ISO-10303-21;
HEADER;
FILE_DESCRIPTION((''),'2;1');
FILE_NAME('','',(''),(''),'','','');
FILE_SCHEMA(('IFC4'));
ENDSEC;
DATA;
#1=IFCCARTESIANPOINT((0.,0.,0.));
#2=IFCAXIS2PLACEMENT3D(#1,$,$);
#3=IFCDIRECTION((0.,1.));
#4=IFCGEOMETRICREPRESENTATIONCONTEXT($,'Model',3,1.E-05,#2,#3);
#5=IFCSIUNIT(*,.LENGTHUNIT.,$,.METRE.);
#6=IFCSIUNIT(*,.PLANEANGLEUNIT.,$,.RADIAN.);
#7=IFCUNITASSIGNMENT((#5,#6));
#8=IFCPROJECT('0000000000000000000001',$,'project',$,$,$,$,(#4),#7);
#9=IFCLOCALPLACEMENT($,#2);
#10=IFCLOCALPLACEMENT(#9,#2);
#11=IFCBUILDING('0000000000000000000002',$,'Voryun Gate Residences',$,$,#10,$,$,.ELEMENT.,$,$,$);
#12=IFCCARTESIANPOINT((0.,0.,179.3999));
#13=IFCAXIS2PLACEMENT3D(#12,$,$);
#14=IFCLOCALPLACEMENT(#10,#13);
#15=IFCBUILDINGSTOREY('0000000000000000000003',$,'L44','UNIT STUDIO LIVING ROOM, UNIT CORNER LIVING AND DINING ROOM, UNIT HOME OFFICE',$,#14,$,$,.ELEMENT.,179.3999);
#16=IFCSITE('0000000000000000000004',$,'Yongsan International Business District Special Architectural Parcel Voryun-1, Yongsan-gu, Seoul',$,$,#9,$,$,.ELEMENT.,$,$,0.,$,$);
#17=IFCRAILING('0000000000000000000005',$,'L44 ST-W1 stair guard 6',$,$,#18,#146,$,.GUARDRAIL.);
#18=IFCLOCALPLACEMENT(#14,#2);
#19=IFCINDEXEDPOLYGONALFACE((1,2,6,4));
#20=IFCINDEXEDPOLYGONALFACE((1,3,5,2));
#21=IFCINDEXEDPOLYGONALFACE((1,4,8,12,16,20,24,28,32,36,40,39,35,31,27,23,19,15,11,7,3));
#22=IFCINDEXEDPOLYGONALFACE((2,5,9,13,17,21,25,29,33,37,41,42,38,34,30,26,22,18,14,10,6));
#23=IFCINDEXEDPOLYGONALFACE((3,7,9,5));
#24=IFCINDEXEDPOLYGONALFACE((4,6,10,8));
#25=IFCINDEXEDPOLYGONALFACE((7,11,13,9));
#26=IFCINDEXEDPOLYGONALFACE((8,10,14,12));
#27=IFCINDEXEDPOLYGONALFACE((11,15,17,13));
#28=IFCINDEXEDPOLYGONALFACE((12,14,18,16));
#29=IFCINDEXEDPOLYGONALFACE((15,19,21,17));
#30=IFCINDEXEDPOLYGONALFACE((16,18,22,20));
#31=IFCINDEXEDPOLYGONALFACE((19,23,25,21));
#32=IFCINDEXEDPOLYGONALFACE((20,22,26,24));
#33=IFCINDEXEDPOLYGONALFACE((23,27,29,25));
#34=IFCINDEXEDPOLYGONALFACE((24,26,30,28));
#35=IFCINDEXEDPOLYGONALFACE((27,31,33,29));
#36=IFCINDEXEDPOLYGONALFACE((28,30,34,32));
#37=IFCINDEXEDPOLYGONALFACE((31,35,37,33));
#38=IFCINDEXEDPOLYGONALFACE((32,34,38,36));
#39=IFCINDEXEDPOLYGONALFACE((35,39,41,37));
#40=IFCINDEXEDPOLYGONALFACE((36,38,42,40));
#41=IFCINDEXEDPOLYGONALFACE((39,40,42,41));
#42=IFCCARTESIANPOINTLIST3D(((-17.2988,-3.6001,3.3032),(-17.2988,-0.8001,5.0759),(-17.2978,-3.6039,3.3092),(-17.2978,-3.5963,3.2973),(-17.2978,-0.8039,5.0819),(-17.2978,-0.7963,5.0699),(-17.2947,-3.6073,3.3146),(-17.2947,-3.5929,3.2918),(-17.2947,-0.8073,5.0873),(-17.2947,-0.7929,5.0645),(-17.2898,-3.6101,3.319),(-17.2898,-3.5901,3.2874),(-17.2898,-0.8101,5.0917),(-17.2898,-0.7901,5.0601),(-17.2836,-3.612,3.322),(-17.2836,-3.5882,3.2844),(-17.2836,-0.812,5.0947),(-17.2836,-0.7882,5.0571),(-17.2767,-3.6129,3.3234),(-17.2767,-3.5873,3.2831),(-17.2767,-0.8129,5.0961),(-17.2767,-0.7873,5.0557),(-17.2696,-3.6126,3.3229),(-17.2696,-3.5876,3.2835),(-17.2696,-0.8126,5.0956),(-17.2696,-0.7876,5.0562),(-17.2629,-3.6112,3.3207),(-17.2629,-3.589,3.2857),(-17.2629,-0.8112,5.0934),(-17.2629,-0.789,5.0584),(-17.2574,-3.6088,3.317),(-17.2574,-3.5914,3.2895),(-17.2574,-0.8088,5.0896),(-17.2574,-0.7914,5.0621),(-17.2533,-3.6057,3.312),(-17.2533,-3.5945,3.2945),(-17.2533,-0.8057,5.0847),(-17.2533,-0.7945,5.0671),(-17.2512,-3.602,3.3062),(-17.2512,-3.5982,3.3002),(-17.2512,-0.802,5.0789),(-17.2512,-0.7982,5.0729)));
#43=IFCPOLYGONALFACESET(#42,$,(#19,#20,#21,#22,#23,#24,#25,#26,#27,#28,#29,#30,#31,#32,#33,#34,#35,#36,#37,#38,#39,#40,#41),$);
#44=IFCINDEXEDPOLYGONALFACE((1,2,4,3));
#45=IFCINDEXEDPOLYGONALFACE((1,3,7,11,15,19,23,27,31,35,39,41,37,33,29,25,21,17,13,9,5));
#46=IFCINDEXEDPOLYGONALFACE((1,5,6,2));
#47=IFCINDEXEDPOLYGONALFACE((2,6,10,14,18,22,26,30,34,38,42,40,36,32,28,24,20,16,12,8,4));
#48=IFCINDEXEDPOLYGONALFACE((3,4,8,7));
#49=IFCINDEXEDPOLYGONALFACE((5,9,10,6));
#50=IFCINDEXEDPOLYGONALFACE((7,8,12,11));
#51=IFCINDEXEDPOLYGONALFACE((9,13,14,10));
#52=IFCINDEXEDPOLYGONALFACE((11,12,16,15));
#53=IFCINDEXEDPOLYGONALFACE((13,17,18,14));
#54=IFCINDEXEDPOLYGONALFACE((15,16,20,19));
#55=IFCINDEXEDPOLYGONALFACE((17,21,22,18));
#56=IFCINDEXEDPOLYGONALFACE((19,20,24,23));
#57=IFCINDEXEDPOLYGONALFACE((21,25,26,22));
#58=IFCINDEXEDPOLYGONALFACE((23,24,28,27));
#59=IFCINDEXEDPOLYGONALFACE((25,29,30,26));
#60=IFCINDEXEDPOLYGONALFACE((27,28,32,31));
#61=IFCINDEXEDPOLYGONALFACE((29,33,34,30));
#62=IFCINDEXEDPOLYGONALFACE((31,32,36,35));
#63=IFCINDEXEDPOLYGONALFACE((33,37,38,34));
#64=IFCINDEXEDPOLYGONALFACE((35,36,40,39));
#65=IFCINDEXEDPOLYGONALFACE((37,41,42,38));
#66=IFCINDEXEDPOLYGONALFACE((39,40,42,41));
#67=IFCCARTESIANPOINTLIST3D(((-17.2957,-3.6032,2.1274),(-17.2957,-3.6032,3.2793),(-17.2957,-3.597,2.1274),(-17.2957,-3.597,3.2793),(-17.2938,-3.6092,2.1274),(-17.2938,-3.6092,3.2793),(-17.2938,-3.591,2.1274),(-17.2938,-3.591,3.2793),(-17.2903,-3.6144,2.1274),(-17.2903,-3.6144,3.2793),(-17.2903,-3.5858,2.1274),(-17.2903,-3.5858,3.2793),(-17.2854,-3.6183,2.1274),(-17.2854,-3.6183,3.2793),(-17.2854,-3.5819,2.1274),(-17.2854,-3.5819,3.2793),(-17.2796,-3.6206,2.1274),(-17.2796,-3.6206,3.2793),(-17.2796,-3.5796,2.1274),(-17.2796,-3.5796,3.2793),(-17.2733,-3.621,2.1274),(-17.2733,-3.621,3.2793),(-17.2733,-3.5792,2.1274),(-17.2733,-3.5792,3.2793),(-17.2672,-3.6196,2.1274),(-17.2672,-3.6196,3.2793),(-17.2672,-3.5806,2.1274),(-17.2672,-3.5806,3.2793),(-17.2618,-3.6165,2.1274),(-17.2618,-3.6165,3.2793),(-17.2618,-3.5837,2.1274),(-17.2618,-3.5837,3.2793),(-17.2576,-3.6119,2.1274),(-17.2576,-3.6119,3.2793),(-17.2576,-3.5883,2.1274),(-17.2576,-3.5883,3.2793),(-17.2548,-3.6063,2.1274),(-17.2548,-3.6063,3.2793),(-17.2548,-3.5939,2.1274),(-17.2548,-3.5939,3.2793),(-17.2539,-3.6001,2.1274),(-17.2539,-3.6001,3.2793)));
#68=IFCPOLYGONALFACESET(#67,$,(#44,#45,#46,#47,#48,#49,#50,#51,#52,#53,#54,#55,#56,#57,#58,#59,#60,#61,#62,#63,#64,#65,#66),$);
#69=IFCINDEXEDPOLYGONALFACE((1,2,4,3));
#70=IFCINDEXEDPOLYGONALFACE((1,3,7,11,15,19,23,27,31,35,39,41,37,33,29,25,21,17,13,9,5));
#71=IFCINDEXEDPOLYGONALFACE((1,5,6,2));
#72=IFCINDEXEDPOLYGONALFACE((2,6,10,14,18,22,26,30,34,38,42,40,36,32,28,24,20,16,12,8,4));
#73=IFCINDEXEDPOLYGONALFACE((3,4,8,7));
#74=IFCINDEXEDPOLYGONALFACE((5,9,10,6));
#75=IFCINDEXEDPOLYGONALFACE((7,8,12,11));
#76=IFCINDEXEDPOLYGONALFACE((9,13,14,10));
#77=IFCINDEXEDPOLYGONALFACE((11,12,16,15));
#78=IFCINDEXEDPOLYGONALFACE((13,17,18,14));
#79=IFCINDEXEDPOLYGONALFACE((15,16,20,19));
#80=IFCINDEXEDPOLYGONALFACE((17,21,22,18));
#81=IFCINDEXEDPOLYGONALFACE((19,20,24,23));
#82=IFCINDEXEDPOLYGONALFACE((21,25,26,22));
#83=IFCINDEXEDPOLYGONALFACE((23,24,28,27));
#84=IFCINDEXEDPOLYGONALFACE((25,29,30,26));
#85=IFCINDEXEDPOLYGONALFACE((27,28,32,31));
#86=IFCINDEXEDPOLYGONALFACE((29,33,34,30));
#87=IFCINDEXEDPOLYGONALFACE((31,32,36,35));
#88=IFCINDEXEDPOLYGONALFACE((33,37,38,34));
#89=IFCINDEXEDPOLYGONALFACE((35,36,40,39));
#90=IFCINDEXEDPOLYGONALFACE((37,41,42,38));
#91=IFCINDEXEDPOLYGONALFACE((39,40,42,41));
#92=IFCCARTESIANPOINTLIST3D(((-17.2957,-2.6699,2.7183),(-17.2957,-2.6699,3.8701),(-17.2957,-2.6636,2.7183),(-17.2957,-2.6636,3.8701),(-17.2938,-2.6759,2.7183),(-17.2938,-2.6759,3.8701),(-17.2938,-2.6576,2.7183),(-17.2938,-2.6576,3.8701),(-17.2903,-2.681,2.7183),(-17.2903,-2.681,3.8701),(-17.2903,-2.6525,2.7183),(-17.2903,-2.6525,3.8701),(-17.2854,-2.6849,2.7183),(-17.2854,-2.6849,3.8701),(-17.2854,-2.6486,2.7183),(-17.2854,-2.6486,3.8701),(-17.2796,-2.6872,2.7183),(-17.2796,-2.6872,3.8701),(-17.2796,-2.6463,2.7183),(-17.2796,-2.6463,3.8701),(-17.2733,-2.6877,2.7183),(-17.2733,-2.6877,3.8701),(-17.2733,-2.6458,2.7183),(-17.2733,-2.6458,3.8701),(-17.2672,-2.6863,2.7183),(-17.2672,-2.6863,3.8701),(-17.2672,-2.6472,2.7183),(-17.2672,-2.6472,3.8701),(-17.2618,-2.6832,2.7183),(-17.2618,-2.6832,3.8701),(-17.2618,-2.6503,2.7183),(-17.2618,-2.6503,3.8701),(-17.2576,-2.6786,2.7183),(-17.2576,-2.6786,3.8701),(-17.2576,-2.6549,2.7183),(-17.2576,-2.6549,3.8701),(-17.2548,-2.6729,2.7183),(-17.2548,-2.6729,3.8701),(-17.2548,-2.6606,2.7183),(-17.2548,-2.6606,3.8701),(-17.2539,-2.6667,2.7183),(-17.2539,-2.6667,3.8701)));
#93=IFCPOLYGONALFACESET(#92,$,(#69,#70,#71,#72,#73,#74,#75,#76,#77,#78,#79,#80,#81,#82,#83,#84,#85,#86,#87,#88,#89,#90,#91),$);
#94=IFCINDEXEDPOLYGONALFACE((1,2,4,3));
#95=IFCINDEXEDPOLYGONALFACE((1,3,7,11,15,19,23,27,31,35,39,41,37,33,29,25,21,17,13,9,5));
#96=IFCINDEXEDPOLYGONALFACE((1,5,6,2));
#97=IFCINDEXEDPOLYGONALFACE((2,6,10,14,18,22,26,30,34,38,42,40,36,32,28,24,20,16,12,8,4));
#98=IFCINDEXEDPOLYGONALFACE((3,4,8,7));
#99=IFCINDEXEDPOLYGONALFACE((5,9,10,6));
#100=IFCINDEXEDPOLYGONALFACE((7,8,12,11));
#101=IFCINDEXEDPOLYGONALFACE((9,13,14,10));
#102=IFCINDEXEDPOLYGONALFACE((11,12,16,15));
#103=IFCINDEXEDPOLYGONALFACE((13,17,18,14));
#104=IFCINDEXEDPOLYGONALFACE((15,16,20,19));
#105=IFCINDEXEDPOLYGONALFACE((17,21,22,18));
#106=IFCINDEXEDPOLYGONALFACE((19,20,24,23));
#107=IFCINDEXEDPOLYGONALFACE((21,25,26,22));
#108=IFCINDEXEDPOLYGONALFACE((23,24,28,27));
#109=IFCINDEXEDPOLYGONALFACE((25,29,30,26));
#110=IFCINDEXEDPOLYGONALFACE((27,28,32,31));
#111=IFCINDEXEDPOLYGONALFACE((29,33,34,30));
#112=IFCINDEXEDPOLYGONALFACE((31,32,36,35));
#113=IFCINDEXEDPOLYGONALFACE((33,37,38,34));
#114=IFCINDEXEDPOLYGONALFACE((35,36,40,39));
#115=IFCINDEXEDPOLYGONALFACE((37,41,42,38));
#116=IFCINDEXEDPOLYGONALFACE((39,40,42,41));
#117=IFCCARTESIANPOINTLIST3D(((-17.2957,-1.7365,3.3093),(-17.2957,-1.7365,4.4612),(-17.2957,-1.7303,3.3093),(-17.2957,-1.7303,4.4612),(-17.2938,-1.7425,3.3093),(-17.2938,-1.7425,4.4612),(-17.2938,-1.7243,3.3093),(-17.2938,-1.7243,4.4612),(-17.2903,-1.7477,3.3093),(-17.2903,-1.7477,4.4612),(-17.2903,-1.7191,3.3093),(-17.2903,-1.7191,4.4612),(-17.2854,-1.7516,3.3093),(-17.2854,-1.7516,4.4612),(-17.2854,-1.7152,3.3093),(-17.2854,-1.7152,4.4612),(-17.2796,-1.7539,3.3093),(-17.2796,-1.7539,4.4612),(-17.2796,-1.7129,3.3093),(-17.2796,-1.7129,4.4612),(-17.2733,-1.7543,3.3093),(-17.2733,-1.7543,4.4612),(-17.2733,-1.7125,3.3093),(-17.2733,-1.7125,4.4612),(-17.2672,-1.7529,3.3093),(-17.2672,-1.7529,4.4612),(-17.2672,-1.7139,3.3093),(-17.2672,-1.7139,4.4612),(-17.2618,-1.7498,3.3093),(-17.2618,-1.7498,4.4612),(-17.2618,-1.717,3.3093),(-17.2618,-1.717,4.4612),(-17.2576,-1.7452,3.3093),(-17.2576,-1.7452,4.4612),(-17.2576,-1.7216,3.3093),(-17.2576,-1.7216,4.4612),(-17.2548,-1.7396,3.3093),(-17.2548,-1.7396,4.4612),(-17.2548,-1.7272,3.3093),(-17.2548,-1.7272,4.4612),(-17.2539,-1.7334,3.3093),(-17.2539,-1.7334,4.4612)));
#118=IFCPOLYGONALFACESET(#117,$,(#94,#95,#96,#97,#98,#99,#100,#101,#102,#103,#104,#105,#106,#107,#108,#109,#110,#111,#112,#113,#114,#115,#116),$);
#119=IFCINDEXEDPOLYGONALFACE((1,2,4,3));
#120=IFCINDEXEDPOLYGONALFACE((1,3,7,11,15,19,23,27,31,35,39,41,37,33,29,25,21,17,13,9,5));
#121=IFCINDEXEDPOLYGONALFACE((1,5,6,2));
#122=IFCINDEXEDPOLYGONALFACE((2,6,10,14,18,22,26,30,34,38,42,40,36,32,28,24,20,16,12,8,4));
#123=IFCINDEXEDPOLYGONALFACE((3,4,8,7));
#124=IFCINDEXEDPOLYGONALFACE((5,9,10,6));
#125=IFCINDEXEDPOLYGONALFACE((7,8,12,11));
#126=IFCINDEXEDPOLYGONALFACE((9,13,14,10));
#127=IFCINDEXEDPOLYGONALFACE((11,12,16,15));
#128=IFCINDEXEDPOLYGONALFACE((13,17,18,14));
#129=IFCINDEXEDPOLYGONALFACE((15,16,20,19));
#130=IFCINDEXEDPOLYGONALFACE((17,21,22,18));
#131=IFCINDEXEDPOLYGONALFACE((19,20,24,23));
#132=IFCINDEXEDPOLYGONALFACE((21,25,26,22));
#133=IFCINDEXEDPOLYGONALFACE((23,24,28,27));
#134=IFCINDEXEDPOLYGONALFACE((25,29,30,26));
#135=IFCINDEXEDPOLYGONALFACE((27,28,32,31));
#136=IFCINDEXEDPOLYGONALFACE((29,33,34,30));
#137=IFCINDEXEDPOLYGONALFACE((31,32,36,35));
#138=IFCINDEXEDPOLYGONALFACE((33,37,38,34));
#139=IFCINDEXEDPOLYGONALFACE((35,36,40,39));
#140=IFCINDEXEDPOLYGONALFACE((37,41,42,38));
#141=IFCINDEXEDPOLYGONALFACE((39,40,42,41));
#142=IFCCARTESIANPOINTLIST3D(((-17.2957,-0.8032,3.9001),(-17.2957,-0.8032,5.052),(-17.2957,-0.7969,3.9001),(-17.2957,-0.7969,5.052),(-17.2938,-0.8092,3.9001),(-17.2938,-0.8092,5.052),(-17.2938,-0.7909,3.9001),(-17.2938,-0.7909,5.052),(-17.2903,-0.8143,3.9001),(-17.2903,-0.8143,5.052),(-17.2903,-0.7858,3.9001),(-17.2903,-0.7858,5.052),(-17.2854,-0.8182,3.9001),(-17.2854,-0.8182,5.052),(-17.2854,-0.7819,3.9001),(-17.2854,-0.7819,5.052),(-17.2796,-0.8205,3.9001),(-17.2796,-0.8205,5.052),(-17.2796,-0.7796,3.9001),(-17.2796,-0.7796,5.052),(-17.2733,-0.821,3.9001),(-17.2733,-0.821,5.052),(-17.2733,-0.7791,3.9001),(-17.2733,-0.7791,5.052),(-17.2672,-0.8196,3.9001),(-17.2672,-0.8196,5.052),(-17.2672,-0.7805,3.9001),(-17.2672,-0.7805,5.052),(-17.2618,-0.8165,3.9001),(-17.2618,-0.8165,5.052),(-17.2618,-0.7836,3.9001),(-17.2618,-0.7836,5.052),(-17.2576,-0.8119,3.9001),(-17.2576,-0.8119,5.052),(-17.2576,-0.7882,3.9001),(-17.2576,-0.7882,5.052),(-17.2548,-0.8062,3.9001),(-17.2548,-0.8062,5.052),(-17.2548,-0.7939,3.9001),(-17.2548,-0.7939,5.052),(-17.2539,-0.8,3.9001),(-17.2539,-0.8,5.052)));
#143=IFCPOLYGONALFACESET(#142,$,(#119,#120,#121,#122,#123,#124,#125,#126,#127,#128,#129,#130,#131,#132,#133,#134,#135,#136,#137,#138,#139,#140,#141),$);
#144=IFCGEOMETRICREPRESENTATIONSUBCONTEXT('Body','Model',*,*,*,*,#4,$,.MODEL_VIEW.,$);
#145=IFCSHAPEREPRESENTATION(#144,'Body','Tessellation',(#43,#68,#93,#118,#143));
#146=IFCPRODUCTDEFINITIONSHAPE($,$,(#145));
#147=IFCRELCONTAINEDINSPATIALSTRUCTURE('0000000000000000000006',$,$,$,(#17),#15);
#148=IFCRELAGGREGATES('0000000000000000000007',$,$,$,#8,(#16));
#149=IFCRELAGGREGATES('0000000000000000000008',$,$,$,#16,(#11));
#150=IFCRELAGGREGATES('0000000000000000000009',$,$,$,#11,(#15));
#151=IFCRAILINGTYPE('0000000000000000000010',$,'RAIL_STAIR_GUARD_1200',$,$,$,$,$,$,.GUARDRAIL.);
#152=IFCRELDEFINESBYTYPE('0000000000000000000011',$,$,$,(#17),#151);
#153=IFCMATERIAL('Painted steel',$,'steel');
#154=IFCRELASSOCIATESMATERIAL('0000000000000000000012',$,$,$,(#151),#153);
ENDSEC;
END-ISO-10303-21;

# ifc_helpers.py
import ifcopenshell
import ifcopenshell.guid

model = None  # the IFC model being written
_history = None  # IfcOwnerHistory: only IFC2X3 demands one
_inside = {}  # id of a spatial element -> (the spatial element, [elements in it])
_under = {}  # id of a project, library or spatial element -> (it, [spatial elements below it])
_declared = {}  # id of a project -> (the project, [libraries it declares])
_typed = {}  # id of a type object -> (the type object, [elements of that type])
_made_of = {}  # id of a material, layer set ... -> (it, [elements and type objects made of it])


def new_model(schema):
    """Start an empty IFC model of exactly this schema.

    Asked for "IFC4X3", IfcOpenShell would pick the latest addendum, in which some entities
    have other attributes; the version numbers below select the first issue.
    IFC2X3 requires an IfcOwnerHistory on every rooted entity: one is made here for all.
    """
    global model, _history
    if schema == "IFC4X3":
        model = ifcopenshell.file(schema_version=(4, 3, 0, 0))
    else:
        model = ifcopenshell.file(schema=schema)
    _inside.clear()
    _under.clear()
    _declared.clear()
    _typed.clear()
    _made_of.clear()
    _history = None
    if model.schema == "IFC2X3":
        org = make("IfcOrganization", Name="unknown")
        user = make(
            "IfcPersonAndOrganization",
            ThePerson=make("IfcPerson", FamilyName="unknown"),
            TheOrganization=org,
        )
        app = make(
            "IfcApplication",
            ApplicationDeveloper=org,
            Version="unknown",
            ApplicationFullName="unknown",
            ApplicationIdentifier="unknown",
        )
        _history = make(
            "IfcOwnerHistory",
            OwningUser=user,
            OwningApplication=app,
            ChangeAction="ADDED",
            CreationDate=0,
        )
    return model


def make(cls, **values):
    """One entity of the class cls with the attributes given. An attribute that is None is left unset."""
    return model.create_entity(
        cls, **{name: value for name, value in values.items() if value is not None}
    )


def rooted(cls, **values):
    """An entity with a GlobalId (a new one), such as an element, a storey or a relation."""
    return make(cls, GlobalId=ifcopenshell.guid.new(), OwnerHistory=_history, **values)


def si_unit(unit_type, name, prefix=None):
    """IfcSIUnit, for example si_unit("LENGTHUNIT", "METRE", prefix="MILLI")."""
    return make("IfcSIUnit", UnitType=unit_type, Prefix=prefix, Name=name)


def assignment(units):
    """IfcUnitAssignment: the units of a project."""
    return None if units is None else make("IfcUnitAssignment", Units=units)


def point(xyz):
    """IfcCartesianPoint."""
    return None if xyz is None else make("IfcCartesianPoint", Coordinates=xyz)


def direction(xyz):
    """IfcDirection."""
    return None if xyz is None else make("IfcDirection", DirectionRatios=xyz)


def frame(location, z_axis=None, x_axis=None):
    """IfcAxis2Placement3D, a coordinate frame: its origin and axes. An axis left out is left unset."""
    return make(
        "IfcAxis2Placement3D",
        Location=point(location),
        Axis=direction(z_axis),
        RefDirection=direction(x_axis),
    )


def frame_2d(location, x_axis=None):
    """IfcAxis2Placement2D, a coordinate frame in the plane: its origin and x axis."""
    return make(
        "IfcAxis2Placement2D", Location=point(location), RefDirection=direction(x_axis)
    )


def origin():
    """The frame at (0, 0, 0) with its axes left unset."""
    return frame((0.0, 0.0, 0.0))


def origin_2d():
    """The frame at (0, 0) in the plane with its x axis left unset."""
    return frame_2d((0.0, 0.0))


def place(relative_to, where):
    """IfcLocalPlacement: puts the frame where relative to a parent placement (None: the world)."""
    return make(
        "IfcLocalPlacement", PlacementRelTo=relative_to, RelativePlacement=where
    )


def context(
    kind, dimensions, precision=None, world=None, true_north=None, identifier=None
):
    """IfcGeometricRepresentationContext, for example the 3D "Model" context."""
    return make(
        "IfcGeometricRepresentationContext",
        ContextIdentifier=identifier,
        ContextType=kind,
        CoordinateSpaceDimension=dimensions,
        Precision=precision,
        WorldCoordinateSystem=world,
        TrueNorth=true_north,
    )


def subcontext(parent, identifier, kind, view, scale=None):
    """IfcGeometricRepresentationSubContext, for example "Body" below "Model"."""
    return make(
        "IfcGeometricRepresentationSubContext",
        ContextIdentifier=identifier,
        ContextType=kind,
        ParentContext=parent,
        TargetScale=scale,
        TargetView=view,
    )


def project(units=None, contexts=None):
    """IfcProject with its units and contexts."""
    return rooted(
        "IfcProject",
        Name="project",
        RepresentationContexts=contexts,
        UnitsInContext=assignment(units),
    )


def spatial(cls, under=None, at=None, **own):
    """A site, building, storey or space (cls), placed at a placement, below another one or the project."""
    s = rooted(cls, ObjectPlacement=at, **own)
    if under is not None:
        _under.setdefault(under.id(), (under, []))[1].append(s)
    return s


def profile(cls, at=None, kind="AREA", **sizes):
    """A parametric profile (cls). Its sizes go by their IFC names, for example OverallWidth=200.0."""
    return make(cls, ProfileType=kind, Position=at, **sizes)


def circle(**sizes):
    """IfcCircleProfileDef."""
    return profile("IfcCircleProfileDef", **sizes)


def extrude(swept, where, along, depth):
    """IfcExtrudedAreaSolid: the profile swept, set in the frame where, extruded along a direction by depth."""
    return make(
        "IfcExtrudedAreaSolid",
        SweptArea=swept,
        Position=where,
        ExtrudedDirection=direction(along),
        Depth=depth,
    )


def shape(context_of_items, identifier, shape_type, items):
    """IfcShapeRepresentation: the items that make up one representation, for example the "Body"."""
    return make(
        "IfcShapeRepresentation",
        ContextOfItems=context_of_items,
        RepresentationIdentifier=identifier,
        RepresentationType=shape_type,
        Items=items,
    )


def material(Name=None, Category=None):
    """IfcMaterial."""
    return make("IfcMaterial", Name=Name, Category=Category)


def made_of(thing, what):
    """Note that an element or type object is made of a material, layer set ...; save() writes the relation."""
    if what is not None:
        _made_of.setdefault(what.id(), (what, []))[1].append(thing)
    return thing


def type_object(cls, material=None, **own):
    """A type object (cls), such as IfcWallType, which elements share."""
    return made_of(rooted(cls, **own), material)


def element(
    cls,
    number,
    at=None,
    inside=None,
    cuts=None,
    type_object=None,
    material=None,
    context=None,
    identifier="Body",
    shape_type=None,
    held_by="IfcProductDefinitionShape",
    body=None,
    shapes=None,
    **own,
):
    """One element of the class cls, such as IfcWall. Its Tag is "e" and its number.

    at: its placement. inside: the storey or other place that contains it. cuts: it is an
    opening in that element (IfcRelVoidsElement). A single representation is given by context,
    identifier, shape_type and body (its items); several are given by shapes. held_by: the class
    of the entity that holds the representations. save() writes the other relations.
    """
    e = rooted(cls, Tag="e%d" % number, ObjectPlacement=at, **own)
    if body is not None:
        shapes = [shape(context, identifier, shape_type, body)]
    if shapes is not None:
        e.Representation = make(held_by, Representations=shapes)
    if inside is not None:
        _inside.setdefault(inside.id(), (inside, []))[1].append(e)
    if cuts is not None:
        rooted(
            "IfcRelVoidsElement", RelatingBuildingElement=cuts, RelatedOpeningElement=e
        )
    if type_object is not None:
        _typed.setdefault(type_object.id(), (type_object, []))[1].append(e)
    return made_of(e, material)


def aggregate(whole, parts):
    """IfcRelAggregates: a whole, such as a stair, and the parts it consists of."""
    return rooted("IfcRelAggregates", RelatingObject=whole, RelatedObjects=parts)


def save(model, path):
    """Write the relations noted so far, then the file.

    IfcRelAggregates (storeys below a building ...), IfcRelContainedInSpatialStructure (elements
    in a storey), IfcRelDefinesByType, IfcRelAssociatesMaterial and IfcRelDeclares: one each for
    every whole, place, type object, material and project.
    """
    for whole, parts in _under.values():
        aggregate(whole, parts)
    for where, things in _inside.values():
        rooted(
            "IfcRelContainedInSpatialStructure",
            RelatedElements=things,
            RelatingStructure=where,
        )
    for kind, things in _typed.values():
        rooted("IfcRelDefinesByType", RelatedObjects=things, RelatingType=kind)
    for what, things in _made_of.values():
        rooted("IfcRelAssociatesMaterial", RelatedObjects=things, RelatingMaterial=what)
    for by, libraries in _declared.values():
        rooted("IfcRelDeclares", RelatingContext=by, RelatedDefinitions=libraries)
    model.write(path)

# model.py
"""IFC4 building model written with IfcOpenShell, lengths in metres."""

from ifc_helpers import new_model, si_unit, direction, frame, origin, origin_2d, place, context, subcontext, project, spatial, circle, extrude, material, type_object, element, save


model = new_model("IFC4")

# Units and contexts
model_context = context("Model", 3, precision=1e-05, world=origin(), true_north=direction((0.0, 1.0)))
body_context = subcontext(model_context, "Body", "Model", "MODEL_VIEW")
ifc_project = project(units=[si_unit("LENGTHUNIT", "METRE"), si_unit("PLANEANGLEUNIT", "RADIAN")], contexts=[model_context])

# Site, building, storey
site_placement = place(None, origin())
site = spatial("IfcSite", under=ifc_project, at=site_placement, Name="Yongsan International Business District Special Architectural Parcel Voryun-1, Yongsan-gu, Seoul", CompositionType="ELEMENT", RefElevation=0.0)
building_placement = place(site_placement, origin())
building = spatial("IfcBuilding", under=site, at=building_placement, Name="Voryun Gate Residences", CompositionType="ELEMENT")
storey_placement = place(building_placement, frame((0.0, 0.0, 179.3999)))
storey = spatial("IfcBuildingStorey", under=building, at=storey_placement, Name="L44", Description="UNIT STUDIO LIVING ROOM, UNIT CORNER LIVING AND DINING ROOM, UNIT HOME OFFICE", CompositionType="ELEMENT", Elevation=179.3999)

# Railing
ifc_material_1 = material(Name="Painted steel", Category="steel")
railing_type_1 = type_object("IfcRailingType", Name="RAIL_STAIR_GUARD_1200", PredefinedType="GUARDRAIL", material=ifc_material_1)
railing_1_placement = place(storey_placement, frame((-17.2749, -3.6001, 2.1274)))
element("IfcRailing", 1, at=railing_1_placement, inside=storey, type_object=railing_type_1, Name="L44 ST-W1 stair guard 6", PredefinedType="GUARDRAIL", context=body_context, shape_type="SweptSolid", body=[
    extrude(circle(Radius=0.0239, at=origin_2d()), frame((0.0, 0.0, 1.1758), z_axis=(0.0, 0.844909, 0.53491), x_axis=(-1.0, 0.0, 0.0)), (0.0, 0.0, 1.0), 3.314),
    extrude(circle(Radius=0.021, at=origin_2d()), origin(), (0.0, 0.0, 1.0), 1.1519),
    extrude(circle(Radius=0.021, at=origin_2d()), frame((0.0, 0.9333, 0.5908)), (0.0, 0.0, 1.0), 1.1519),
    extrude(circle(Radius=0.021, at=origin_2d()), frame((0.0, 1.8667, 1.1819)), (0.0, 0.0, 1.0), 1.1519),
    extrude(circle(Radius=0.021, at=origin_2d()), frame((0.0, 2.8, 1.7727)), (0.0, 0.0, 1.0), 1.1519),
])

save(model, "model.ifc")
